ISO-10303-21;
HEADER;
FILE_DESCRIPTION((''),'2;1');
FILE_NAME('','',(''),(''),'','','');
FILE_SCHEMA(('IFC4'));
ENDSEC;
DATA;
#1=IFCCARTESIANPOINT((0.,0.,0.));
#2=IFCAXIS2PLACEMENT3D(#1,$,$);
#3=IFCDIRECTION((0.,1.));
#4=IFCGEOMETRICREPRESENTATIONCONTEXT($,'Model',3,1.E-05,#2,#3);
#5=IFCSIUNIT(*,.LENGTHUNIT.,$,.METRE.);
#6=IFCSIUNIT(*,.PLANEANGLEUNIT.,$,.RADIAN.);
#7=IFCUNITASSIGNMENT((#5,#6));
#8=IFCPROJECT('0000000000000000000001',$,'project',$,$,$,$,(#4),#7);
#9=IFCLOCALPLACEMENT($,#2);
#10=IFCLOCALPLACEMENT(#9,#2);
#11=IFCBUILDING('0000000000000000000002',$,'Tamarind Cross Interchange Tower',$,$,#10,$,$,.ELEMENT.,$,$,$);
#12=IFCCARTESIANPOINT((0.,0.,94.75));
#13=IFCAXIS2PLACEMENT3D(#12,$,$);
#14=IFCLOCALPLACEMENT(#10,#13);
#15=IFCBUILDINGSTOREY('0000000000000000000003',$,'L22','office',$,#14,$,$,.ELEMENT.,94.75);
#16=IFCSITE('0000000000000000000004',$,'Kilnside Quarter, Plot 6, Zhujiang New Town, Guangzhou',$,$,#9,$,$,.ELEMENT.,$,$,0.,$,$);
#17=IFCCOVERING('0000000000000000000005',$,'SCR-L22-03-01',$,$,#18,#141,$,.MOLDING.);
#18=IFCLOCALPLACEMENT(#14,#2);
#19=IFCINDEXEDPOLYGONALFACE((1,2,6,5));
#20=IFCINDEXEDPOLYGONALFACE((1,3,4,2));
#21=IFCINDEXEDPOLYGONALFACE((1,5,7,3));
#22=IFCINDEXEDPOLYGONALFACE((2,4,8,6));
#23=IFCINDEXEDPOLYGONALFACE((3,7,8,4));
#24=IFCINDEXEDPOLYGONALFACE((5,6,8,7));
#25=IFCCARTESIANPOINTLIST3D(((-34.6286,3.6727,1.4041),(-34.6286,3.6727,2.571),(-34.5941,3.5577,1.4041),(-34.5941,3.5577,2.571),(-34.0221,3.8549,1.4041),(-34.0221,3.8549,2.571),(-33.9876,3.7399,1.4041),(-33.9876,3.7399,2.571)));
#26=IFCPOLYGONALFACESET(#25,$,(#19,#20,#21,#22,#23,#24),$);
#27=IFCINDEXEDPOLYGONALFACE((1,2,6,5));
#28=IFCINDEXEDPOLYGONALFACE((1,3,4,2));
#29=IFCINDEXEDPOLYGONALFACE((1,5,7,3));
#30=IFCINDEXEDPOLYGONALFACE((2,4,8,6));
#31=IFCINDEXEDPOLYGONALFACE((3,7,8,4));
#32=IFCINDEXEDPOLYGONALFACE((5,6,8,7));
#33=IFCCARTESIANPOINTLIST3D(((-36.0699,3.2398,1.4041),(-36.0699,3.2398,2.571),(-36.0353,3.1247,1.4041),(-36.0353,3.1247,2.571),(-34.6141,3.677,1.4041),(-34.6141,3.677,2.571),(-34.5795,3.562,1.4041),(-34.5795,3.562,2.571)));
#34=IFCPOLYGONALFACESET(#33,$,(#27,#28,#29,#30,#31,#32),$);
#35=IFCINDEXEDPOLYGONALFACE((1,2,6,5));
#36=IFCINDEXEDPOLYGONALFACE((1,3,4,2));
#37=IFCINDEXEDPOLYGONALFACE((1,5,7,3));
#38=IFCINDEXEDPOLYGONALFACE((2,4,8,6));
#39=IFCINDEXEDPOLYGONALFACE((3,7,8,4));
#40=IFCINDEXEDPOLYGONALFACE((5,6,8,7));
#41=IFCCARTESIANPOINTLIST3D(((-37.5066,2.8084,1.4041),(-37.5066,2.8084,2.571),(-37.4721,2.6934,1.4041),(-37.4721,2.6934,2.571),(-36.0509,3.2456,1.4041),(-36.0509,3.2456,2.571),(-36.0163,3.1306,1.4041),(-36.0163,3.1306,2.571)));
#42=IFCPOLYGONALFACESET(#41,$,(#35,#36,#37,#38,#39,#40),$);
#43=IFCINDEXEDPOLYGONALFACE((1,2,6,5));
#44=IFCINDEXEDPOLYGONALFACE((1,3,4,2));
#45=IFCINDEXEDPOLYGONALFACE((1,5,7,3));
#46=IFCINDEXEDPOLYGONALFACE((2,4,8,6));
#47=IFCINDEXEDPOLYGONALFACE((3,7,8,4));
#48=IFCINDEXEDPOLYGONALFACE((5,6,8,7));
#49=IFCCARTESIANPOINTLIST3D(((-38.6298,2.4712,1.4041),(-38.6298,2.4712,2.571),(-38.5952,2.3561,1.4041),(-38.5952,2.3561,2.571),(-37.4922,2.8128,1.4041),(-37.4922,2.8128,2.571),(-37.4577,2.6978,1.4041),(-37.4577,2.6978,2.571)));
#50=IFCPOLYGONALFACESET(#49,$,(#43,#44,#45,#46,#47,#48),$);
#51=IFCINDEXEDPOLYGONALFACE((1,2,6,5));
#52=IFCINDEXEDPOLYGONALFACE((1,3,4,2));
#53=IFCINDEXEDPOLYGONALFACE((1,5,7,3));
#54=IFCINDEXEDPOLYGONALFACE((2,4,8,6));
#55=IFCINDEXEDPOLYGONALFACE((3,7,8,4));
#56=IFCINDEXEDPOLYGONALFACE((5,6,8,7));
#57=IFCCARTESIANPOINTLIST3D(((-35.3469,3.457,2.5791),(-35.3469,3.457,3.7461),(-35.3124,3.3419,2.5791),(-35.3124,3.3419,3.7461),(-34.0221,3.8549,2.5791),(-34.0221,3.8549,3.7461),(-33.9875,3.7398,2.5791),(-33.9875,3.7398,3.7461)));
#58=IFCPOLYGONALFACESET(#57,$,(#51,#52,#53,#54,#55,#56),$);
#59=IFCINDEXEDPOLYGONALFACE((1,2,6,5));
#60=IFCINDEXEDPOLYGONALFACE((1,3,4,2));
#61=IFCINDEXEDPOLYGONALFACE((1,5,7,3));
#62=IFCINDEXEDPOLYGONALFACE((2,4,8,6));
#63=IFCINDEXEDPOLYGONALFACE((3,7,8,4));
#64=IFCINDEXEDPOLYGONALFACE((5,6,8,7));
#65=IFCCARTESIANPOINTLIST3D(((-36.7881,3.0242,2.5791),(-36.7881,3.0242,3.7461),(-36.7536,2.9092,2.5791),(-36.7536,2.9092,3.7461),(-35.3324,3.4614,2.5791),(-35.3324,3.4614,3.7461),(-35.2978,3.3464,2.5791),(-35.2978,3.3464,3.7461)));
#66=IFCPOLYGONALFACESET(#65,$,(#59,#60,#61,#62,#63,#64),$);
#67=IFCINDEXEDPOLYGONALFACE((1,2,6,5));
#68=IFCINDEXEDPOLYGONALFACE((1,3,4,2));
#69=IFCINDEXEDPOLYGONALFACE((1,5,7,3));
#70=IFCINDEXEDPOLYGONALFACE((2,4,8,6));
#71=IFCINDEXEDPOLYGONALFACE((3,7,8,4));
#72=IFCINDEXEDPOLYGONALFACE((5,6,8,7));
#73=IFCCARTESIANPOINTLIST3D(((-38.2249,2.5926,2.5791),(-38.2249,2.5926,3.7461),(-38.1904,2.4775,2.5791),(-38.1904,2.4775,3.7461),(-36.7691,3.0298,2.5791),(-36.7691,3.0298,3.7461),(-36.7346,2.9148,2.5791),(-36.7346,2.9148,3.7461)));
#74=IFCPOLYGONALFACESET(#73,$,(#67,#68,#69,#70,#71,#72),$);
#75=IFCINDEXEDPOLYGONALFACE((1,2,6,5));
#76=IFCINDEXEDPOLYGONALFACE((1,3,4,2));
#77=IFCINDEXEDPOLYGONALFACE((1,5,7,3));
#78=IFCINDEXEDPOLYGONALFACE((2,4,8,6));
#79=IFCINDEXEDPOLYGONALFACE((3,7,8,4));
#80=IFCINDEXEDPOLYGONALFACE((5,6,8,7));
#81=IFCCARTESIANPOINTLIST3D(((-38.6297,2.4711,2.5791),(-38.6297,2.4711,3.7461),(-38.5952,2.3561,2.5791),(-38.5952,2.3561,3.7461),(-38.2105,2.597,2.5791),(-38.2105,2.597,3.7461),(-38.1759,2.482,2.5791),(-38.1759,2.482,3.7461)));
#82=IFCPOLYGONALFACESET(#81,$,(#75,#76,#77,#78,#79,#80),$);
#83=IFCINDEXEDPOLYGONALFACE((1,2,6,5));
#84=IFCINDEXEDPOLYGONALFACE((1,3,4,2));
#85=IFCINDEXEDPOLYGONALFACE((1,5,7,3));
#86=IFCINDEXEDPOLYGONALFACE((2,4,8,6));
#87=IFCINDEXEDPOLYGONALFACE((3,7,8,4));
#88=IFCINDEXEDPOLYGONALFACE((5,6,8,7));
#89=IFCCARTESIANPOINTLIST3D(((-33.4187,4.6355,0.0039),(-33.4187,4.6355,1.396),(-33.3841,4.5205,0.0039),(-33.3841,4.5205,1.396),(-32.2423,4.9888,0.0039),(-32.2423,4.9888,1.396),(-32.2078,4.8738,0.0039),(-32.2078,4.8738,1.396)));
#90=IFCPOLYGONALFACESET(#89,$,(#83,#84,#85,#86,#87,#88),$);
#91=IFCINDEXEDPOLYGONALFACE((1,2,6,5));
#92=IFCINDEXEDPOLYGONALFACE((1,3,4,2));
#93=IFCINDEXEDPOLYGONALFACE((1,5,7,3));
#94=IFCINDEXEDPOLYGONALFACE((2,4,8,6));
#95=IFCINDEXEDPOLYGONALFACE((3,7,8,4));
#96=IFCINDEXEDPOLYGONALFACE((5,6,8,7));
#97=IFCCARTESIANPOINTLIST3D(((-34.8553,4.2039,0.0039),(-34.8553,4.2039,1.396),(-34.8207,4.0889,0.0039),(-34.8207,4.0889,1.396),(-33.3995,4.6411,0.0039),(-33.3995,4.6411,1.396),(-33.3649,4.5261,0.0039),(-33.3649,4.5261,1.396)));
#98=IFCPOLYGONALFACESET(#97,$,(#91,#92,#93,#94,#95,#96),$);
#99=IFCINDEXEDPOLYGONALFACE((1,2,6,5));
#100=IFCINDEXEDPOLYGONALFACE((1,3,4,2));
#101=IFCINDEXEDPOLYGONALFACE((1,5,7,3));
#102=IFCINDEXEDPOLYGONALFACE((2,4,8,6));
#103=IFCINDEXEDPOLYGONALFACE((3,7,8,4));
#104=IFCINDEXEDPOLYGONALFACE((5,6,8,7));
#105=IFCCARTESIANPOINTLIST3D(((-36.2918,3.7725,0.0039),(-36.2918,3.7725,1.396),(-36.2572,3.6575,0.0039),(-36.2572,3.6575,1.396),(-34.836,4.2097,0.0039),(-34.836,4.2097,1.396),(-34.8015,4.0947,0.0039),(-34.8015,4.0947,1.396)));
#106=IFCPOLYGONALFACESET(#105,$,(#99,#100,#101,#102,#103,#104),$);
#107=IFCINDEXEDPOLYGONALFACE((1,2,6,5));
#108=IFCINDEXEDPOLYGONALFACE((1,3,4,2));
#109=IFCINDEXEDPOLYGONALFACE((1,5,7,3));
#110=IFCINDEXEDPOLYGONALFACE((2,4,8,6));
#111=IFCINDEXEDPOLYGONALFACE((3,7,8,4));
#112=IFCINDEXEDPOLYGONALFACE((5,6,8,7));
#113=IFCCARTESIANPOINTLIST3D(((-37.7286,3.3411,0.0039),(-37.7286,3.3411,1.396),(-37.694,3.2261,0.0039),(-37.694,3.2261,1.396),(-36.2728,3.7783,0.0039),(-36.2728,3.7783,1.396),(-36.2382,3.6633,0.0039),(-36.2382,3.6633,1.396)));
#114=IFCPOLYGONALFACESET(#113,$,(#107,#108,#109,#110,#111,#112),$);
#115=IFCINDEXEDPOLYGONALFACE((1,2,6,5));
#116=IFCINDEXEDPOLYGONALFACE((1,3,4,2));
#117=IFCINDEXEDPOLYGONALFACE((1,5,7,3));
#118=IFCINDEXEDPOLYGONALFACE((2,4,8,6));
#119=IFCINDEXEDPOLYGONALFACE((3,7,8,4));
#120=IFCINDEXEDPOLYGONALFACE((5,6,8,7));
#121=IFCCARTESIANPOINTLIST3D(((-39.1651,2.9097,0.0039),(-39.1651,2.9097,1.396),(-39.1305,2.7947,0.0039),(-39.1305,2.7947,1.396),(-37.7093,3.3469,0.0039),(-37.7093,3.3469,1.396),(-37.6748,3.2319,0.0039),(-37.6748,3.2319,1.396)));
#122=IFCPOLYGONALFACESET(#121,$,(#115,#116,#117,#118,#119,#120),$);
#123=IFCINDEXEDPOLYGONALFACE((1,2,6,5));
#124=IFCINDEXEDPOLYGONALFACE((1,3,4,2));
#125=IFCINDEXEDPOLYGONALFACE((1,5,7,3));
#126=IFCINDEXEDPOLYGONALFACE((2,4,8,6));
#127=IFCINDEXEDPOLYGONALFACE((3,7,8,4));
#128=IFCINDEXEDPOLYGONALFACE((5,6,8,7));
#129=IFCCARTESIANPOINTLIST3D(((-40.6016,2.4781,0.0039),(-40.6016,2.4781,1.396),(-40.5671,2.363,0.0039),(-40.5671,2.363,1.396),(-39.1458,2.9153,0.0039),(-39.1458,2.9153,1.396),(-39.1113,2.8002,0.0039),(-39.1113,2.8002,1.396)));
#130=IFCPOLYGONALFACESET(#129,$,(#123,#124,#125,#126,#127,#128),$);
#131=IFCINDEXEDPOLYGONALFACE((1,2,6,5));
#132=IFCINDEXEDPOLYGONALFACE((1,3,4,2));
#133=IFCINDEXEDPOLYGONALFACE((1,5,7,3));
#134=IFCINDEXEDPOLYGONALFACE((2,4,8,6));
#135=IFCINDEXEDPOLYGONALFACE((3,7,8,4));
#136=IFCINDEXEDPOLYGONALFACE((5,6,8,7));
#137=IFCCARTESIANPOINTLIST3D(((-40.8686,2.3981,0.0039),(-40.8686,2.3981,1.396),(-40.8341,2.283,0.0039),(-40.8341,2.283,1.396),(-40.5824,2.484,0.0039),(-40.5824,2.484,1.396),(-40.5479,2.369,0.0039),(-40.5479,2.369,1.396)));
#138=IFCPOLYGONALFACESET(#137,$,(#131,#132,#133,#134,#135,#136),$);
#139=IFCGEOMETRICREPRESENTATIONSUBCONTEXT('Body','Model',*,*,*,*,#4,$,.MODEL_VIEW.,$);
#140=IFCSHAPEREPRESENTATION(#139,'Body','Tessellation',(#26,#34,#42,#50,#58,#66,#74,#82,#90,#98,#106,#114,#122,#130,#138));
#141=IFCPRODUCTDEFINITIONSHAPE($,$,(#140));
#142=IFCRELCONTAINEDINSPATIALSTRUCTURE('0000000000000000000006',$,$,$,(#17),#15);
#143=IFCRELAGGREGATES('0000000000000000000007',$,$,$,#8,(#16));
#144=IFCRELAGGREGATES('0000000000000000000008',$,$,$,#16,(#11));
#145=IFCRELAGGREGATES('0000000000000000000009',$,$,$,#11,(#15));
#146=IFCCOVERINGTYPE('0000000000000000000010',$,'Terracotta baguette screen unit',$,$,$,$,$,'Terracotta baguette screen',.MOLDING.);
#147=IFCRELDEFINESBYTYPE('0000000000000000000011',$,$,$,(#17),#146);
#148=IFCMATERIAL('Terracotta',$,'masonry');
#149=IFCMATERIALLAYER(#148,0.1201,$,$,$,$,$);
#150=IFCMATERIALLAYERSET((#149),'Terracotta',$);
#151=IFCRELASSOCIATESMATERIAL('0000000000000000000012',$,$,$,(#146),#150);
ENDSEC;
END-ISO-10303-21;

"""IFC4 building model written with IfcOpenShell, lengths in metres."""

from ifc_helpers import new_model, si_unit, direction, frame, origin, origin_2d, place, context, subcontext, project, spatial, rectangle, extrude, material, layer, layer_set, type_object, element, save


model = new_model("IFC4")

# Units and contexts
model_context = context("Model", 3, precision=1e-05, world=origin(), true_north=direction((0.0, 1.0)))
body_context = subcontext(model_context, "Body", "Model", "MODEL_VIEW")
ifc_project = project(units=[si_unit("LENGTHUNIT", "METRE"), si_unit("PLANEANGLEUNIT", "RADIAN")], contexts=[model_context])

# Site, building, storey
site_placement = place(None, origin())
site = spatial("IfcSite", under=ifc_project, at=site_placement, Name="Kilnside Quarter, Plot 6, Zhujiang New Town, Guangzhou", CompositionType="ELEMENT", RefElevation=0.0)
building_placement = place(site_placement, origin())
building = spatial("IfcBuilding", under=site, at=building_placement, Name="Tamarind Cross Interchange Tower", CompositionType="ELEMENT")
storey_placement = place(building_placement, frame((0.0, 0.0, 94.75)))
storey = spatial("IfcBuildingStorey", under=building, at=storey_placement, Name="L22", Description="office", CompositionType="ELEMENT", Elevation=94.75)

# Covering
ifc_material_1 = material(Name="Terracotta", Category="masonry")
ifc_layer_1 = layer(ifc_material_1, 0.1201)
ifc_layer_set_1 = layer_set([ifc_layer_1], Name="Terracotta")
covering_type = type_object("IfcCoveringType", Name="Terracotta baguette screen unit", ElementType="Terracotta baguette screen", PredefinedType="MOLDING", material=ifc_layer_set_1)
covering_1_placement = place(storey_placement, origin())
element("IfcCovering", 1, at=covering_1_placement, inside=storey, type_object=covering_type, Name="SCR-L22-03-01", PredefinedType="MOLDING", context=body_context, shape_type="SweptSolid", body=[
    extrude(rectangle(XDim=0.6333, YDim=0.1201, at=origin_2d()), frame((-34.3081, 3.7063, 1.4041), z_axis=(0.0, 0.0, 1.0), x_axis=(-0.957738, -0.287641, 0.0)), (0.0, 0.0, 1.0), 1.167),
    extrude(rectangle(XDim=1.52, YDim=0.1201, at=origin_2d()), frame((-35.3247, 3.4009, 1.4041), z_axis=(0.0, 0.0, 1.0), x_axis=(-0.957738, -0.287641, 0.0)), (0.0, 0.0, 1.0), 1.167),
    extrude(rectangle(XDim=1.52, YDim=0.1201, at=origin_2d()), frame((-36.7615, 2.9695, 1.4041), z_axis=(0.0, 0.0, 1.0), x_axis=(-0.957738, -0.287641, 0.0)), (0.0, 0.0, 1.0), 1.167),
    extrude(rectangle(XDim=1.1877, YDim=0.1201, at=origin_2d()), frame((-38.0437, 2.5845, 1.4041), z_axis=(0.0, 0.0, 1.0), x_axis=(-0.957738, -0.287641, 0.0)), (0.0, 0.0, 1.0), 1.167),
    extrude(rectangle(XDim=1.3833, YDim=0.1201, at=origin_2d()), frame((-34.6672, 3.5984, 2.5791), z_axis=(0.0, 0.0, 1.0), x_axis=(-0.957738, -0.287641, 0.0)), (0.0, 0.0, 1.0), 1.167),
    extrude(rectangle(XDim=1.52, YDim=0.1201, at=origin_2d()), frame((-36.043, 3.1853, 2.5791), z_axis=(0.0, 0.0, 1.0), x_axis=(-0.957738, -0.287641, 0.0)), (0.0, 0.0, 1.0), 1.167),
    extrude(rectangle(XDim=1.52, YDim=0.1201, at=origin_2d()), frame((-37.4797, 2.7537, 2.5791), z_axis=(0.0, 0.0, 1.0), x_axis=(-0.957738, -0.287641, 0.0)), (0.0, 0.0, 1.0), 1.167),
    extrude(rectangle(XDim=0.4377, YDim=0.1201, at=origin_2d()), frame((-38.4028, 2.4766, 2.5791), z_axis=(0.0, 0.0, 1.0), x_axis=(-0.957738, -0.287641, 0.0)), (0.0, 0.0, 1.0), 1.167),
    extrude(rectangle(XDim=1.2283, YDim=0.1201, at=origin_2d()), frame((-32.8132, 4.7546, 0.0039), z_axis=(0.0, 0.0, 1.0), x_axis=(-0.957738, -0.287641, 0.0)), (0.0, 0.0, 1.0), 1.3921),
    extrude(rectangle(XDim=1.52, YDim=0.1201, at=origin_2d()), frame((-34.1101, 4.365, 0.0039), z_axis=(0.0, 0.0, 1.0), x_axis=(-0.957738, -0.287641, 0.0)), (0.0, 0.0, 1.0), 1.3921),
    extrude(rectangle(XDim=1.52, YDim=0.1201, at=origin_2d()), frame((-35.5466, 3.9336, 0.0039), z_axis=(0.0, 0.0, 1.0), x_axis=(-0.957738, -0.287641, 0.0)), (0.0, 0.0, 1.0), 1.3921),
    extrude(rectangle(XDim=1.52, YDim=0.1201, at=origin_2d()), frame((-36.9834, 3.5022, 0.0039), z_axis=(0.0, 0.0, 1.0), x_axis=(-0.957738, -0.287641, 0.0)), (0.0, 0.0, 1.0), 1.3921),
    extrude(rectangle(XDim=1.52, YDim=0.1201, at=origin_2d()), frame((-38.4199, 3.0708, 0.0039), z_axis=(0.0, 0.0, 1.0), x_axis=(-0.957738, -0.287641, 0.0)), (0.0, 0.0, 1.0), 1.3921),
    extrude(rectangle(XDim=1.52, YDim=0.1201, at=origin_2d()), frame((-39.8564, 2.6392, 0.0039), z_axis=(0.0, 0.0, 1.0), x_axis=(-0.957738, -0.287641, 0.0)), (0.0, 0.0, 1.0), 1.3921),
    extrude(rectangle(XDim=0.2988, YDim=0.1201, at=origin_2d()), frame((-40.7083, 2.3835, 0.0039), z_axis=(0.0, 0.0, 1.0), x_axis=(-0.957738, -0.287641, 0.0)), (0.0, 0.0, 1.0), 1.3921),
])

save(model, "model.ifc")
